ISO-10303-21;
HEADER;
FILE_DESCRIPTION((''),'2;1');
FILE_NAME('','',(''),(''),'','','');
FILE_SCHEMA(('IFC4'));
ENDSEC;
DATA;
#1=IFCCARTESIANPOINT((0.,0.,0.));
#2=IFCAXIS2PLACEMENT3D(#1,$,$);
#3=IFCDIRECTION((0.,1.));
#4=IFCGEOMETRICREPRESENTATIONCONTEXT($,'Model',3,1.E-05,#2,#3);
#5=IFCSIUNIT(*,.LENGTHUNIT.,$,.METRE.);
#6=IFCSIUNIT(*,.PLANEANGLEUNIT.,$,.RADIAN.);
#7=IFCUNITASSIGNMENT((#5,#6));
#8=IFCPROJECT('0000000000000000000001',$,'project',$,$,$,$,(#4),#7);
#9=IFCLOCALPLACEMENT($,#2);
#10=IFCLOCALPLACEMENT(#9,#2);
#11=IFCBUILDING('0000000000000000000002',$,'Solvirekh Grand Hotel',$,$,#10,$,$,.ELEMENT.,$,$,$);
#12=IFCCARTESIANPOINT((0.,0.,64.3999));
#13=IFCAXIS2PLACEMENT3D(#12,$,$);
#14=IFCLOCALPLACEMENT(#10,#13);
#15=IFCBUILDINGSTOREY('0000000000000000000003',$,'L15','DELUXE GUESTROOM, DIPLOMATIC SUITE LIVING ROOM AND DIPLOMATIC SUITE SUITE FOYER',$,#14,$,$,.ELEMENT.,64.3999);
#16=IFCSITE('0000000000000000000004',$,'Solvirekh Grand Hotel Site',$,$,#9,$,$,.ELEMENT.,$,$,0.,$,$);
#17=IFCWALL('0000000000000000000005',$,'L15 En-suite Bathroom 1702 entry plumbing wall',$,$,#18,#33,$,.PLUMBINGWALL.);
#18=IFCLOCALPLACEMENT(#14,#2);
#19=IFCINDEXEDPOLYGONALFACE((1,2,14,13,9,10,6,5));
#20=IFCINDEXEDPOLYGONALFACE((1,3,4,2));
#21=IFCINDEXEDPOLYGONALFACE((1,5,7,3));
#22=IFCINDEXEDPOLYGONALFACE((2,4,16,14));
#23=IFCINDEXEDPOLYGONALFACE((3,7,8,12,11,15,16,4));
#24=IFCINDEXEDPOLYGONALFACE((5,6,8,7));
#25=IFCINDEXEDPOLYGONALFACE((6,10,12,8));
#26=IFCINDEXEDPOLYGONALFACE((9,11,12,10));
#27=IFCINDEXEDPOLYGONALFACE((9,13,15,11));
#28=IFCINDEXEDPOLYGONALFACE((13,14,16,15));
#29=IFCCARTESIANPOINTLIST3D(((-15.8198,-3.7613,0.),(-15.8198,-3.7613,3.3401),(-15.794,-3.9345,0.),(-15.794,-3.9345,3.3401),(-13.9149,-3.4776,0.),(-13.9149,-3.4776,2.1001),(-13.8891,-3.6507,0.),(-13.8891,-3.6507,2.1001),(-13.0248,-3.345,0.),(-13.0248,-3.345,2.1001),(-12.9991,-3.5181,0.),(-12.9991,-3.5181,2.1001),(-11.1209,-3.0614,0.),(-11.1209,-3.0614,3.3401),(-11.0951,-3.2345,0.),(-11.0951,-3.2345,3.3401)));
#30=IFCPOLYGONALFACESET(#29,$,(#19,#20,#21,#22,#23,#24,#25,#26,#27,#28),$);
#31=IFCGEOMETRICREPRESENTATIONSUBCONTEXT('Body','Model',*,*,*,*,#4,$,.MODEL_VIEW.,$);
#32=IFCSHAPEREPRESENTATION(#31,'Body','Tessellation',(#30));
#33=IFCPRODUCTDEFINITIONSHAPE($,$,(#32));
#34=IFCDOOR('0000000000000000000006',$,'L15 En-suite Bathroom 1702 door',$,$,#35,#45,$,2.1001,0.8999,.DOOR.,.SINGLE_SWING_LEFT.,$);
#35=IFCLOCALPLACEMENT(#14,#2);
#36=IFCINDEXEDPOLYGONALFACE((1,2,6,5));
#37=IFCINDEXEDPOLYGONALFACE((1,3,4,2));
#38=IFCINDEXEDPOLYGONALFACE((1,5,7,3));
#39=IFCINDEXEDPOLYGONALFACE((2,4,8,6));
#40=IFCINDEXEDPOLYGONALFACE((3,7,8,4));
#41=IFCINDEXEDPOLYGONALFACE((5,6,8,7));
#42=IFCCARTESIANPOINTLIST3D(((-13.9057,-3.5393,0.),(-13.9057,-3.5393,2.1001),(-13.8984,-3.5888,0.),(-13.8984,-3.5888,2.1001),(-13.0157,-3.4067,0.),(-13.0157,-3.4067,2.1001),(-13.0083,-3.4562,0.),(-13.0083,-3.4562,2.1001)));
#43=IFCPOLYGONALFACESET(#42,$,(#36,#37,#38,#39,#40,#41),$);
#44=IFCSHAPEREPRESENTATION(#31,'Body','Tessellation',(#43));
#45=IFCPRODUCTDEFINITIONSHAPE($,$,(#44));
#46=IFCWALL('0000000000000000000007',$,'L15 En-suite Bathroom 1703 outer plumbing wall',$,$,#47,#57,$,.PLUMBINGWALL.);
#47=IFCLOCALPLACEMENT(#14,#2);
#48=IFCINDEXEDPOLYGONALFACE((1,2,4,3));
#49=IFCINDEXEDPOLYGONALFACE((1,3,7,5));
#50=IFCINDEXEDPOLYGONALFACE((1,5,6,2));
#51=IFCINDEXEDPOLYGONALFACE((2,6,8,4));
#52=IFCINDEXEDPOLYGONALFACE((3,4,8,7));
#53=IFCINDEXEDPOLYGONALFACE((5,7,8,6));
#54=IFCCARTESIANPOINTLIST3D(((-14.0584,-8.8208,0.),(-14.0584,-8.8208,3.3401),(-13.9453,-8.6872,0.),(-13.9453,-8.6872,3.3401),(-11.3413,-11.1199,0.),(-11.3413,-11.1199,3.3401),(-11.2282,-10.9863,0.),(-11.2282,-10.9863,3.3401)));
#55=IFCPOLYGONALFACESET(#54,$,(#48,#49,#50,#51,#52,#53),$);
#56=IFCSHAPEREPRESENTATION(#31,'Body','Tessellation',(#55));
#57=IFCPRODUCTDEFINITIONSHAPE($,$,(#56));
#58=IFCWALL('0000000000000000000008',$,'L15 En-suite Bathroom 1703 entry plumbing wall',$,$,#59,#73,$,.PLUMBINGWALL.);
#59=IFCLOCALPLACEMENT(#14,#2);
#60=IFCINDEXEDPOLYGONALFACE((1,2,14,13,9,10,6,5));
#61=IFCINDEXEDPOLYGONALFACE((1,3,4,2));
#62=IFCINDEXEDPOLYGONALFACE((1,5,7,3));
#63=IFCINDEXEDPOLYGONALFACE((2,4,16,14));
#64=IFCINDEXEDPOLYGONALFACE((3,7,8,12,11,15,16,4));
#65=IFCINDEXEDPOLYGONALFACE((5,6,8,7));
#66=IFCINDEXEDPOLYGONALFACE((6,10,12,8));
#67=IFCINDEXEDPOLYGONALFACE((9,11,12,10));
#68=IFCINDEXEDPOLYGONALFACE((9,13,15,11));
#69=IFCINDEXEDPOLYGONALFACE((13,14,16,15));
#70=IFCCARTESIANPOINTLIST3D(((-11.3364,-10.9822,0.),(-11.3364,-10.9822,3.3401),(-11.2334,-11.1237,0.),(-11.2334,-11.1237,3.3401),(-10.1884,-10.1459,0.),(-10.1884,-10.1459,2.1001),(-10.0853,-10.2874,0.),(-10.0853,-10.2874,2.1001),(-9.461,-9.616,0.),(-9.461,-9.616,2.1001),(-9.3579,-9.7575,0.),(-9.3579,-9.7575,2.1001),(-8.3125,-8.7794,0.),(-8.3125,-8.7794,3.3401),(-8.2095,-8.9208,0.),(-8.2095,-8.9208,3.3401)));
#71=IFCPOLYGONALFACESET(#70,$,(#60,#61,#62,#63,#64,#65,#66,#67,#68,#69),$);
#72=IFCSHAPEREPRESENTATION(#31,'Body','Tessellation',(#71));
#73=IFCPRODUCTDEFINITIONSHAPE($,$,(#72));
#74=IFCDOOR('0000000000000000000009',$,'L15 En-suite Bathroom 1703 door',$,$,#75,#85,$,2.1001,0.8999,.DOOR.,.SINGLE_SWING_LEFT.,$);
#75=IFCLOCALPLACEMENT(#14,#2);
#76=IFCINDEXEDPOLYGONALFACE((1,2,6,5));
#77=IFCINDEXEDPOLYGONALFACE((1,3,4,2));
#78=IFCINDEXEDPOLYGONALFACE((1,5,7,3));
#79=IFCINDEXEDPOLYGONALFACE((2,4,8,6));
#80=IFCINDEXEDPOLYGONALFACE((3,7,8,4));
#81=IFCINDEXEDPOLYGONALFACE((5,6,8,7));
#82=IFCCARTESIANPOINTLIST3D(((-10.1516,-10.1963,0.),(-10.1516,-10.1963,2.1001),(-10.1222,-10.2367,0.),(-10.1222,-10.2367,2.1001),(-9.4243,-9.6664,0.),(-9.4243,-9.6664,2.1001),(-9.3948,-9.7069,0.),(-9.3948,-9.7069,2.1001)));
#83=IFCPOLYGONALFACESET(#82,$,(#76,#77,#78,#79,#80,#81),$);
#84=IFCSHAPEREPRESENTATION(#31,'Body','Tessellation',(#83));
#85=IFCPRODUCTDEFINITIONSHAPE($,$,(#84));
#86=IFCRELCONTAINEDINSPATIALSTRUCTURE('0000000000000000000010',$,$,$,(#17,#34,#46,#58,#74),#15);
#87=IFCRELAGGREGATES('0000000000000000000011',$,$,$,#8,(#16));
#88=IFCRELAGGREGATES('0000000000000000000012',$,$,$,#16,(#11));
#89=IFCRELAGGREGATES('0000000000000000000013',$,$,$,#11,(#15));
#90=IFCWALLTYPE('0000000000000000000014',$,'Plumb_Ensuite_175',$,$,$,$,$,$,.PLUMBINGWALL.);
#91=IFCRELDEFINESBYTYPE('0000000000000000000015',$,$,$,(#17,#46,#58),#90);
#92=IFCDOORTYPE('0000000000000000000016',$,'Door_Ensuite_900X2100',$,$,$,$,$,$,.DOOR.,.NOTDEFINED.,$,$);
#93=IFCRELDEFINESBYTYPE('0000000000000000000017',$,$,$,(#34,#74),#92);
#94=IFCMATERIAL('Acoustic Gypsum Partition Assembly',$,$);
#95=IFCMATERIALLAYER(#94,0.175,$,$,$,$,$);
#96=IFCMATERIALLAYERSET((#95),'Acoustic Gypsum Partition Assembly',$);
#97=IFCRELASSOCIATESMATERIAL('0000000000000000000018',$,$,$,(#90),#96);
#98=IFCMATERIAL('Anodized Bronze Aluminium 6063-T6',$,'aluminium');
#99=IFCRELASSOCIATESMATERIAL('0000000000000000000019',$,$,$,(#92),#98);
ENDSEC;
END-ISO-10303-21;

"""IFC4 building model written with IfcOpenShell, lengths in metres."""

from ifc_helpers import new_model, si_unit, direction, frame, frame_2d, origin, place, context, subcontext, project, spatial, rectangle, extrude, material, layer, layer_set, type_object, element, fill, save


model = new_model("IFC4")

# Units and contexts
model_context = context("Model", 3, precision=1e-05, world=origin(), true_north=direction((0.0, 1.0)))
body_context = subcontext(model_context, "Body", "Model", "MODEL_VIEW")
ifc_project = project(units=[si_unit("LENGTHUNIT", "METRE"), si_unit("PLANEANGLEUNIT", "RADIAN")], contexts=[model_context])

# Site, building, storey
site_placement = place(None, origin())
site = spatial("IfcSite", under=ifc_project, at=site_placement, Name="Solvirekh Grand Hotel Site", CompositionType="ELEMENT", RefElevation=0.0)
building_placement = place(site_placement, origin())
building = spatial("IfcBuilding", under=site, at=building_placement, Name="Solvirekh Grand Hotel", CompositionType="ELEMENT")
storey_placement = place(building_placement, frame((0.0, 0.0, 64.3999)))
storey = spatial("IfcBuildingStorey", under=building, at=storey_placement, Name="L15", Description="DELUXE GUESTROOM, DIPLOMATIC SUITE LIVING ROOM AND DIPLOMATIC SUITE SUITE FOYER", CompositionType="ELEMENT", Elevation=64.3999)

# Shared definitions
ifc_material_1 = material(Name="Anodized Bronze Aluminium 6063-T6", Category="aluminium")

# Shared definitions
ifc_material_2 = material(Name="Acoustic Gypsum Partition Assembly")

# Wall, opening, door
ifc_layer_1 = layer(ifc_material_2, 0.175)
ifc_layer_set_1 = layer_set([ifc_layer_1], Name="Acoustic Gypsum Partition Assembly")
wall_type_1 = type_object("IfcWallType", Name="Plumb_Ensuite_175", PredefinedType="PLUMBINGWALL", material=ifc_layer_set_1)
wall_1_placement = place(storey_placement, frame((-11.1079, -3.1479, 0.0), z_axis=(0.0, 0.0, 1.0), x_axis=(-0.989087, -0.147333, 0.0)))
wall_1 = element("IfcWall", 1, at=wall_1_placement, inside=storey, type_object=wall_type_1, Name="L15 En-suite Bathroom 1702 entry plumbing wall", PredefinedType="PLUMBINGWALL", context=body_context, shape_type="SweptSolid", body=[
    extrude(rectangle(XDim=4.7507, YDim=0.175, at=frame_2d((2.3755, 0.0))), origin(), (0.0, 0.0, 1.0), 3.3401),
])
opening_1_placement = place(wall_1_placement, frame((1.925, 0.0, 0.0)))
opening_1 = element("IfcOpeningElement", 2, at=opening_1_placement, cuts=wall_1, PredefinedType="OPENING", context=body_context, shape_type="SweptSolid", body=[
    extrude(rectangle(XDim=0.8999, YDim=2.1001, at=frame_2d((0.45, 1.05))), frame((0.0, 0.0977, 0.0), z_axis=(0.0, -1.0, 0.0), x_axis=(1.0, 0.0, 0.0)), (0.0, 0.0, 1.0), 0.1951),
])
door_type_1 = type_object("IfcDoorType", Name="Door_Ensuite_900X2100", OperationType="NOTDEFINED", PredefinedType="DOOR", material=ifc_material_1)
door_1_placement = place(opening_1_placement, origin())
door_1 = element("IfcDoor", 3, at=door_1_placement, inside=storey, type_object=door_type_1, Name="L15 En-suite Bathroom 1702 door", OperationType="SINGLE_SWING_LEFT", OverallHeight=2.1001, OverallWidth=0.8999, PredefinedType="DOOR", context=body_context, shape_type="SweptSolid", body=[
    extrude(rectangle(XDim=0.8999, YDim=2.1001, at=frame_2d((0.45, 1.05))), frame((0.0, 0.0249, 0.0), z_axis=(0.0, -1.0, 0.0), x_axis=(1.0, 0.0, 0.0)), (0.0, 0.0, 1.0), 0.05),
])
fill(opening_1, door_1)

# Wall
wall_2_placement = place(storey_placement, frame((-14.002, -8.7539, 0.0), z_axis=(0.0, 0.0, 1.0), x_axis=(0.763381, -0.645948, 0.0)))
element("IfcWall", 4, at=wall_2_placement, inside=storey, type_object=wall_type_1, Name="L15 En-suite Bathroom 1703 outer plumbing wall", PredefinedType="PLUMBINGWALL", context=body_context, shape_type="SweptSolid", body=[
    extrude(rectangle(XDim=3.5593, YDim=0.175, at=frame_2d((1.7798, 0.0))), origin(), (0.0, 0.0, 1.0), 3.3401),
])

# Wall, opening, door
wall_3_placement = place(storey_placement, frame((-8.261, -8.8501, 0.0), z_axis=(0.0, 0.0, 1.0), x_axis=(-0.80827, -0.588812, 0.0)))
wall_3 = element("IfcWall", 5, at=wall_3_placement, inside=storey, type_object=wall_type_1, Name="L15 En-suite Bathroom 1703 entry plumbing wall", PredefinedType="PLUMBINGWALL", context=body_context, shape_type="SweptSolid", body=[
    extrude(rectangle(XDim=3.7412, YDim=0.175, at=frame_2d((1.8706, 0.0))), origin(), (0.0, 0.0, 1.0), 3.3401),
])
opening_2_placement = place(wall_3_placement, frame((1.4209, 0.0, 0.0)))
opening_2 = element("IfcOpeningElement", 6, at=opening_2_placement, cuts=wall_3, PredefinedType="OPENING", context=body_context, shape_type="SweptSolid", body=[
    extrude(rectangle(XDim=0.8999, YDim=2.1001, at=frame_2d((0.45, 1.05))), frame((0.0, 0.0977, 0.0), z_axis=(0.0, -1.0, 0.0), x_axis=(1.0, 0.0, 0.0)), (0.0, 0.0, 1.0), 0.1951),
])
door_2_placement = place(opening_2_placement, origin())
door_2 = element("IfcDoor", 7, at=door_2_placement, inside=storey, type_object=door_type_1, Name="L15 En-suite Bathroom 1703 door", OperationType="SINGLE_SWING_LEFT", OverallHeight=2.1001, OverallWidth=0.8999, PredefinedType="DOOR", context=body_context, shape_type="SweptSolid", body=[
    extrude(rectangle(XDim=0.8999, YDim=2.1001, at=frame_2d((0.45, 1.05))), frame((0.0, 0.0249, 0.0), z_axis=(0.0, -1.0, 0.0), x_axis=(1.0, 0.0, 0.0)), (0.0, 0.0, 1.0), 0.05),
])
fill(opening_2, door_2)

save(model, "model.ifc")
